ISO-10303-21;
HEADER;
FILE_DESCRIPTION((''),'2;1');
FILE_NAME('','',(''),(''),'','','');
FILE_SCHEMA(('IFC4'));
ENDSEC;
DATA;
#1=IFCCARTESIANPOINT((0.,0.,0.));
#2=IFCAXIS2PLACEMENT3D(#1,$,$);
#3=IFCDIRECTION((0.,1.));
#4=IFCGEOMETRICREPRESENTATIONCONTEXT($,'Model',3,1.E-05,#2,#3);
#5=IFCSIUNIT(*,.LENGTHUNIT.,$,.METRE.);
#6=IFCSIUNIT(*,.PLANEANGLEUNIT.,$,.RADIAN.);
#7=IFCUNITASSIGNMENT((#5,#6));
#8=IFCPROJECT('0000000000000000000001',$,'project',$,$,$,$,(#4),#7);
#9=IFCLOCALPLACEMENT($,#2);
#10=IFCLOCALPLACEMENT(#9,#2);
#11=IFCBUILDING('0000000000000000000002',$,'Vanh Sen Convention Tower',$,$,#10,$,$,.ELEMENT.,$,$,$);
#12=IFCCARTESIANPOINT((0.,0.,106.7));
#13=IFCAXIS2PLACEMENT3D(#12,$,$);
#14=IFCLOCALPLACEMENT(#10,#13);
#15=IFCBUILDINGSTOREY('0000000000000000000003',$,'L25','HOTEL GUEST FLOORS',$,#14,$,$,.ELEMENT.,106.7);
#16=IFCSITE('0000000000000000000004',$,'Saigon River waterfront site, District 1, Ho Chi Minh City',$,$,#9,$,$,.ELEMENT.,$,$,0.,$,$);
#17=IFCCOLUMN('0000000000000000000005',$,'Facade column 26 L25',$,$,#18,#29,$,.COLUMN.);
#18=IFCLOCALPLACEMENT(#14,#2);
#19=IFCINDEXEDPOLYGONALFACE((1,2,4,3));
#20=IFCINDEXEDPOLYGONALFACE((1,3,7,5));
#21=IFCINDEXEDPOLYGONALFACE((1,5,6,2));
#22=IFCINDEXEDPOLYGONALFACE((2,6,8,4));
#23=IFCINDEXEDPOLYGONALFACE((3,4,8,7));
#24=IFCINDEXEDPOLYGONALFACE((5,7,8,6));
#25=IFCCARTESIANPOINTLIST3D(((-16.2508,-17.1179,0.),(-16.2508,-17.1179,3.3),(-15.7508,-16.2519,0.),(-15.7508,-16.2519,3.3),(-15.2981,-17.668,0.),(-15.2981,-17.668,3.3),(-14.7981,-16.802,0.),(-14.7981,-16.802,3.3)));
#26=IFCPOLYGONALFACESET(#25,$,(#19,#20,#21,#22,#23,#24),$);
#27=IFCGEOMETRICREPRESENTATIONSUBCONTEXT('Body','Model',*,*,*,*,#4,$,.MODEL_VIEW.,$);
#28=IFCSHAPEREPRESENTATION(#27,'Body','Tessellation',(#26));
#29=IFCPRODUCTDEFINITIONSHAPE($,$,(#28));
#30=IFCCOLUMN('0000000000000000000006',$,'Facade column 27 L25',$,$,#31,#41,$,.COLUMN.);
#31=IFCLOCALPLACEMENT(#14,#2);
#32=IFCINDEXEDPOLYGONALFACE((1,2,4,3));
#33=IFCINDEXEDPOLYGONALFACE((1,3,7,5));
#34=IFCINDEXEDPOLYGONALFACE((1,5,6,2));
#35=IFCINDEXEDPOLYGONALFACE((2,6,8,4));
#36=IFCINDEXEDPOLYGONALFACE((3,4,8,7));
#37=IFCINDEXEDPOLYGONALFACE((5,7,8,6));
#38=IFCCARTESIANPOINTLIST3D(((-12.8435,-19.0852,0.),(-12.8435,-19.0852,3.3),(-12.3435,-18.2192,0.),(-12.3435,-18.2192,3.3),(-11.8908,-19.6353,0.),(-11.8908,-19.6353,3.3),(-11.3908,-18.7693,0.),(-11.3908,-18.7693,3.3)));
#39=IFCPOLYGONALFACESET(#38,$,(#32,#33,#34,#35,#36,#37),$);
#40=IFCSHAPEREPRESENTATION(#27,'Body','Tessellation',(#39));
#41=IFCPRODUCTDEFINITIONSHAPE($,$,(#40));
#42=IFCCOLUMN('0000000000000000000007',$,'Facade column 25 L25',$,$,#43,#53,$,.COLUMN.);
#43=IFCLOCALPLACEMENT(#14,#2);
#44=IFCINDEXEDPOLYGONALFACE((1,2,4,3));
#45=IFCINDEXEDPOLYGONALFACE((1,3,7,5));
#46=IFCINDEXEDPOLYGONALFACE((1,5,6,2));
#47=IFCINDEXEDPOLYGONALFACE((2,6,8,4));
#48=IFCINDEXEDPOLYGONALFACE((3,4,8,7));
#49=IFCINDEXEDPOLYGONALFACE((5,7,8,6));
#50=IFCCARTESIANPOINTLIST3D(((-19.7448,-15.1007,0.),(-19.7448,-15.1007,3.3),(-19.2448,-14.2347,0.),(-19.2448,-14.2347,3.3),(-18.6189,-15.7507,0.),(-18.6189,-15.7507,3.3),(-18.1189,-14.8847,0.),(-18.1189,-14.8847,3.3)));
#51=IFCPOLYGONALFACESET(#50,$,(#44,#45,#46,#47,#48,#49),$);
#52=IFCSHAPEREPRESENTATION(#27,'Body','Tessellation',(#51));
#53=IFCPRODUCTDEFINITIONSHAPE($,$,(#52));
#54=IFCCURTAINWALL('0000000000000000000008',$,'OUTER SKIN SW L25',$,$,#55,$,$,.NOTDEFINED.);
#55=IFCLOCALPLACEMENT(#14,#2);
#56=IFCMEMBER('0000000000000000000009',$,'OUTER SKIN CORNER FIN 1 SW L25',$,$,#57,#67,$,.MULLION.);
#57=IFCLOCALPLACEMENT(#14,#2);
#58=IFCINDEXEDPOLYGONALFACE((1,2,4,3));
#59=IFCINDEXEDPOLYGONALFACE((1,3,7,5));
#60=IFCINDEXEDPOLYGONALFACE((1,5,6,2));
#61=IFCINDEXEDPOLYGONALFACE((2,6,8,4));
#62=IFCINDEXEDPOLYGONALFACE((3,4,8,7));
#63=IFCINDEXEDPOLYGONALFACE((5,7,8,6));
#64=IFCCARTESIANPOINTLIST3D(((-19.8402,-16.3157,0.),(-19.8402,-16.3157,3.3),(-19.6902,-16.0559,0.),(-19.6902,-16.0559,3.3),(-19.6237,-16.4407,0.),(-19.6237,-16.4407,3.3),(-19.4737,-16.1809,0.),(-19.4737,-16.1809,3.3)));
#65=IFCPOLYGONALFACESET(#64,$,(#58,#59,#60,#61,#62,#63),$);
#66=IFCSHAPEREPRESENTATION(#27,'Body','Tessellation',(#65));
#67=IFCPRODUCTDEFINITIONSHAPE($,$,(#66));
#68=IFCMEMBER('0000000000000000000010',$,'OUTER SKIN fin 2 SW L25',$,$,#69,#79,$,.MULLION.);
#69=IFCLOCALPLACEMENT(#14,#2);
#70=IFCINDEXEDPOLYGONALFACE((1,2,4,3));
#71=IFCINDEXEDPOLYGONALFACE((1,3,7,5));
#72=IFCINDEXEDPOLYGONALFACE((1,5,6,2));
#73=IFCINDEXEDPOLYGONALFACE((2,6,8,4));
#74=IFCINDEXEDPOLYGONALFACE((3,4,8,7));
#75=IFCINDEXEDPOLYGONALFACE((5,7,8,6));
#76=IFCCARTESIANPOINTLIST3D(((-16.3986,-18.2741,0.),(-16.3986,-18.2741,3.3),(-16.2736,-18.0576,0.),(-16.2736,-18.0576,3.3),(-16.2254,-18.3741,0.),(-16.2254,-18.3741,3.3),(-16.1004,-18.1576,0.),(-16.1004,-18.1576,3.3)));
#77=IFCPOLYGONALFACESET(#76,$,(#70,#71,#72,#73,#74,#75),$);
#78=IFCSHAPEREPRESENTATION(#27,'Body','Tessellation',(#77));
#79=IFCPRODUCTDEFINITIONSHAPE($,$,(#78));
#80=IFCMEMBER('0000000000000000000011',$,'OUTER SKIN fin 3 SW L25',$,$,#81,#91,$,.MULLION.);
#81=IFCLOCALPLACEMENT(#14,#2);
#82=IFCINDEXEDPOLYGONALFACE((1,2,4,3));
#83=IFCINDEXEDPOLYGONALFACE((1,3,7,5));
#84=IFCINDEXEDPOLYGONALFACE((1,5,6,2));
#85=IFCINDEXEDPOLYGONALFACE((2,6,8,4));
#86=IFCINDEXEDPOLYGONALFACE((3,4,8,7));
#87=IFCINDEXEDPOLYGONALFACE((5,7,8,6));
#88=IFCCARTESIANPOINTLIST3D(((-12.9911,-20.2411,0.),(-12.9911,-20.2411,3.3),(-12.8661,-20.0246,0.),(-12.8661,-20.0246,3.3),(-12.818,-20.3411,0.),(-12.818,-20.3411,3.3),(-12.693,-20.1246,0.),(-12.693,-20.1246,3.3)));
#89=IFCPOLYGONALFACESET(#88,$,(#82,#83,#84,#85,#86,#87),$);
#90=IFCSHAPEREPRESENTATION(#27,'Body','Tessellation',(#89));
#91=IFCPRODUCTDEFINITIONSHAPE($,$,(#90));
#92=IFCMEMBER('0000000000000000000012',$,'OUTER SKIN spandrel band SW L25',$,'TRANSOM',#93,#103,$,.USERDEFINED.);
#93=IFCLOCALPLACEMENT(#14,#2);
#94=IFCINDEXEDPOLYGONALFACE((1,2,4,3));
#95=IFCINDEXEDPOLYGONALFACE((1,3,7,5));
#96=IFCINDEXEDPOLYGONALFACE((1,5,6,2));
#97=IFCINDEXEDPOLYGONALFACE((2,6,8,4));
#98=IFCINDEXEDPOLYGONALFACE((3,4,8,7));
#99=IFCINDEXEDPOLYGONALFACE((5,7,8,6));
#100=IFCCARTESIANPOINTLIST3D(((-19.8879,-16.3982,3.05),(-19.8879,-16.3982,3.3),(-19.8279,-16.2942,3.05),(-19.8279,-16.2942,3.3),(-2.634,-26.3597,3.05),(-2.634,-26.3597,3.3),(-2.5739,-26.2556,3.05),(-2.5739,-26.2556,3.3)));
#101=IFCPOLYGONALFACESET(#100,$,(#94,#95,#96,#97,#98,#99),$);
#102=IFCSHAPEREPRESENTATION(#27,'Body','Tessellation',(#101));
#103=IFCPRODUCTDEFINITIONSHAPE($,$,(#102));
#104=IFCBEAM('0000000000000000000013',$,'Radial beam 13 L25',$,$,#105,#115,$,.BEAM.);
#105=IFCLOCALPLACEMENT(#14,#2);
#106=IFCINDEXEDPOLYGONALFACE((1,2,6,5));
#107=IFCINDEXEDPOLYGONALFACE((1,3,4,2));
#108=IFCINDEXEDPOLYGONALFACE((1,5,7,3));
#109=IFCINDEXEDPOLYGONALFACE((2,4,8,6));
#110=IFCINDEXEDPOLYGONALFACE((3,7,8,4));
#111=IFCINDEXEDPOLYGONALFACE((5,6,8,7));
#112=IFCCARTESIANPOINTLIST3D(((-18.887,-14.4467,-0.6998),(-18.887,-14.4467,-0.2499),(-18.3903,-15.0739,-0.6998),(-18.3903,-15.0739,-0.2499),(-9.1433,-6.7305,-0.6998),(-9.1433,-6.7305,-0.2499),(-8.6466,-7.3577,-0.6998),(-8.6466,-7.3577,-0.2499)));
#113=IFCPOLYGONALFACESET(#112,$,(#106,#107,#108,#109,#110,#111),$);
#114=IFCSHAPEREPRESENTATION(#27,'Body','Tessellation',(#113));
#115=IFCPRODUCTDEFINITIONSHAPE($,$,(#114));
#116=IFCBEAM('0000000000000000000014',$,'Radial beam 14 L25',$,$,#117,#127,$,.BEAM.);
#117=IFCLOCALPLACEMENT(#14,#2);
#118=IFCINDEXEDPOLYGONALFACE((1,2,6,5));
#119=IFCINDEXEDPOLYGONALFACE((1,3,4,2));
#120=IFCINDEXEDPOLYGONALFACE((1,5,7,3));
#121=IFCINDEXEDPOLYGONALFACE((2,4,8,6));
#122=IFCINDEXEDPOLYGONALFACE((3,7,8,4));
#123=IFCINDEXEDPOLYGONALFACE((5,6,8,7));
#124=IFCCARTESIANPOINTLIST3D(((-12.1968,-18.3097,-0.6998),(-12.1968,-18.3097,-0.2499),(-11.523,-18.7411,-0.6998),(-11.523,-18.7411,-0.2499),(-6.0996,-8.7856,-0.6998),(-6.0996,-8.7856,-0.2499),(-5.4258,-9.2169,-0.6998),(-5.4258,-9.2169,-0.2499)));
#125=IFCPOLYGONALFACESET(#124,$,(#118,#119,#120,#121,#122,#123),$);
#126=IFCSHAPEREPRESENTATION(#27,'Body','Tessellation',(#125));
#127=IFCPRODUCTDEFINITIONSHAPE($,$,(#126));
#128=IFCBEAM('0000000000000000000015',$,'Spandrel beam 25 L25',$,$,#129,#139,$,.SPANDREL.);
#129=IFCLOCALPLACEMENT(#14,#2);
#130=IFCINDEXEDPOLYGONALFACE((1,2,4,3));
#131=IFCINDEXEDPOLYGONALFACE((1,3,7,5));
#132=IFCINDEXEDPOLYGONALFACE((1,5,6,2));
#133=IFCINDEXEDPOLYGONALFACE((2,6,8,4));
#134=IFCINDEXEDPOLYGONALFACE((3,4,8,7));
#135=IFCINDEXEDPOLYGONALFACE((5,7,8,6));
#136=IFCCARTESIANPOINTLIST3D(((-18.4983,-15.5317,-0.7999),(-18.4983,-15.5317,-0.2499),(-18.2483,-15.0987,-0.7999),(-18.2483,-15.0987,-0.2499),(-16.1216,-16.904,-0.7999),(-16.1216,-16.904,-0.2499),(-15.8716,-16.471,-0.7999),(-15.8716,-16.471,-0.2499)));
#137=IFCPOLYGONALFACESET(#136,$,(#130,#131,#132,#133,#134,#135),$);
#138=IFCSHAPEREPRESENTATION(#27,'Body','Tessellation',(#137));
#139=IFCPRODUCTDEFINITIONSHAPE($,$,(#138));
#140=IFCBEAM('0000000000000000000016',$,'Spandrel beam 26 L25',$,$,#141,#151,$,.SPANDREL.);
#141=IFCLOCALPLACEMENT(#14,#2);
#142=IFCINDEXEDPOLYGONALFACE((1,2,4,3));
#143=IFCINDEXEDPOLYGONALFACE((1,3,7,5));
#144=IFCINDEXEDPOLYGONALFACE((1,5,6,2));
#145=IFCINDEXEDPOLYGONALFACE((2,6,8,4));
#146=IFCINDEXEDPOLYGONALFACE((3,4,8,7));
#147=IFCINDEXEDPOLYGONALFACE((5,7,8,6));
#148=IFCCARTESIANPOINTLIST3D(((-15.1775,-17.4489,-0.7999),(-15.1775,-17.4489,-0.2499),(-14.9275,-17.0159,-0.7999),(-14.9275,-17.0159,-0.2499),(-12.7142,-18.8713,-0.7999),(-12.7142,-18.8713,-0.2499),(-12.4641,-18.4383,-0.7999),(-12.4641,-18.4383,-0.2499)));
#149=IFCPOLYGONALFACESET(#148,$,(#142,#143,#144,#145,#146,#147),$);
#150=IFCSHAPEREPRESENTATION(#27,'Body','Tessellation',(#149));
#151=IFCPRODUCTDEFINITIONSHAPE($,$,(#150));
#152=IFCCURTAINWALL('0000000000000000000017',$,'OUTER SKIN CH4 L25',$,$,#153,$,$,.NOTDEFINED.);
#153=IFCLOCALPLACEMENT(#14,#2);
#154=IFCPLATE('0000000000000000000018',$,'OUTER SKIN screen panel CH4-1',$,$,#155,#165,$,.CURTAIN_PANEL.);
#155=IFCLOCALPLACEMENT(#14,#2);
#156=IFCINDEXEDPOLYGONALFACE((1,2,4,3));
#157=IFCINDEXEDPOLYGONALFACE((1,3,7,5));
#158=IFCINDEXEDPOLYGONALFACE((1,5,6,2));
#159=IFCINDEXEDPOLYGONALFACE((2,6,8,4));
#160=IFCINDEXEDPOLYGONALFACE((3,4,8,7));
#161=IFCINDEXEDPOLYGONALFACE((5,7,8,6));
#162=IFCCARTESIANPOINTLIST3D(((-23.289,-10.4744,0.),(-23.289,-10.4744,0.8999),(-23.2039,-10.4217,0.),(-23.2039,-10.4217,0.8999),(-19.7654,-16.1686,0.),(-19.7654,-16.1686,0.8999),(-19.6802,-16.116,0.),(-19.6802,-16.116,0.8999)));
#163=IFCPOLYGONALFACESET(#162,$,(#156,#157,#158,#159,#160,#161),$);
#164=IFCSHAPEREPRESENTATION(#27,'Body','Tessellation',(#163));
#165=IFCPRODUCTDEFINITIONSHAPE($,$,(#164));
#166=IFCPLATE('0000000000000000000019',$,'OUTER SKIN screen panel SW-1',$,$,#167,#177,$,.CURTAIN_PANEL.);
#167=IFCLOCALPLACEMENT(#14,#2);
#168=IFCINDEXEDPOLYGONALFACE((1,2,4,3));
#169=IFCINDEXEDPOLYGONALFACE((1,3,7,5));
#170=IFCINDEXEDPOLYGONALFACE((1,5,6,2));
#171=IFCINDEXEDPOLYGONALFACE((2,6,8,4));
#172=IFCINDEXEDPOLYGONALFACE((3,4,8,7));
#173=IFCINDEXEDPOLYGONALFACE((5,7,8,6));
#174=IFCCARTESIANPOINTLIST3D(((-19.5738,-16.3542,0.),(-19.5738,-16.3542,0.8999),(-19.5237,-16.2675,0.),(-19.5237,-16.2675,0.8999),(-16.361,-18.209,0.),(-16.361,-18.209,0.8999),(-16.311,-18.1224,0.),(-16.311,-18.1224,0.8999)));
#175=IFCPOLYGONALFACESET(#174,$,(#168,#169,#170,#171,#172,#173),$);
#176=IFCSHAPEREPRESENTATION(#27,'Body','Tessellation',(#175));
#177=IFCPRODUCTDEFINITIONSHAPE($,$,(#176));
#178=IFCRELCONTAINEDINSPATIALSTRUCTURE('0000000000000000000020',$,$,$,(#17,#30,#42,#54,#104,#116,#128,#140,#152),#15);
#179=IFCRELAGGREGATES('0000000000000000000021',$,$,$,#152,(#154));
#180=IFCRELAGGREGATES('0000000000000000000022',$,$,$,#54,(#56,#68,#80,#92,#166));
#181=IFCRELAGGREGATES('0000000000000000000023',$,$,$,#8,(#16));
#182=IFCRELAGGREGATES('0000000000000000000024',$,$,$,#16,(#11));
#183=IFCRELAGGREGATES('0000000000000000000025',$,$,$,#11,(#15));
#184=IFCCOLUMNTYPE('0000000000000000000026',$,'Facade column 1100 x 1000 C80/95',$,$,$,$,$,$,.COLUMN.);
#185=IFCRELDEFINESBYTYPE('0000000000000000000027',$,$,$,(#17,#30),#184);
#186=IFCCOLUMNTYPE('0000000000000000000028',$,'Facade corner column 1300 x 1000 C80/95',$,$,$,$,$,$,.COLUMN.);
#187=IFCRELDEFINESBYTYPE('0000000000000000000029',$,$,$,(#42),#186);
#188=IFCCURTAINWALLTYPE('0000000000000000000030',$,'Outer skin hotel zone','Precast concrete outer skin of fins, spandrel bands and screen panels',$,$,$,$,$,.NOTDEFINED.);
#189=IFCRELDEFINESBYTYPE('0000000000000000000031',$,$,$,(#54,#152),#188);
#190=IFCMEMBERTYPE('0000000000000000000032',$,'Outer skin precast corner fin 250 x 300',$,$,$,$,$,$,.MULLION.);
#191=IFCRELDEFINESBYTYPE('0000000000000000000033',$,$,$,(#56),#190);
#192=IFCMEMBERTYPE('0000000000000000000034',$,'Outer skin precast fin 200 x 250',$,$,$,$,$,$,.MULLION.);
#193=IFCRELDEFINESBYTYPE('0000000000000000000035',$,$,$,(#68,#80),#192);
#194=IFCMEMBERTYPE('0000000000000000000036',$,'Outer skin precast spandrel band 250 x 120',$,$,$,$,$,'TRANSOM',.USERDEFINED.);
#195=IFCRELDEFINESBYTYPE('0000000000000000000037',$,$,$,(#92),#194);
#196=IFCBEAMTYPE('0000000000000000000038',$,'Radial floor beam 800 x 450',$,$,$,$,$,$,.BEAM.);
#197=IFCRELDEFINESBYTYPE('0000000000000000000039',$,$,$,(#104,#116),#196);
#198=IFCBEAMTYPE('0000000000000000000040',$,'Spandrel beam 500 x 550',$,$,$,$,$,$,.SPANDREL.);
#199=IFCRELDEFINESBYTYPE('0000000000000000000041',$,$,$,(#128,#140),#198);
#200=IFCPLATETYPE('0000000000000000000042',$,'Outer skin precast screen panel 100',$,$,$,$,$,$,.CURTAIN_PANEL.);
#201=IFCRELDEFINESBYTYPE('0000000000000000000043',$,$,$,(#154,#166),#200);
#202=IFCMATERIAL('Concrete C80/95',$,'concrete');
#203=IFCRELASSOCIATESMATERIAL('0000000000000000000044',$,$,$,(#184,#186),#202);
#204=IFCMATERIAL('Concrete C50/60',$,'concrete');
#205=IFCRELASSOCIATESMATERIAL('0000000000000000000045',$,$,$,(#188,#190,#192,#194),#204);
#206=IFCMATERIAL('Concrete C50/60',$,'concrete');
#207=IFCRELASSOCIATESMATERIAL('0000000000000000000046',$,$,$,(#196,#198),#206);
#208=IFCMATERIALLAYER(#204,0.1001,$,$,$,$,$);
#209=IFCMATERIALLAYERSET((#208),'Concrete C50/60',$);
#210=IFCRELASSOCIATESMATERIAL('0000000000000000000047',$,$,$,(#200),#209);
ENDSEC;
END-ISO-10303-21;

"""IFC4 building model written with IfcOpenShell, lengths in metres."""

from ifc_helpers import new_model, si_unit, direction, frame, origin, origin_2d, place, context, subcontext, project, spatial, rectangle, extrude, material, layer, layer_set, material_profile, profile_set, type_object, element, aggregate, save


model = new_model("IFC4")

# Units and contexts
model_context = context("Model", 3, precision=1e-05, world=origin(), true_north=direction((0.0, 1.0)))
body_context = subcontext(model_context, "Body", "Model", "MODEL_VIEW")
ifc_project = project(units=[si_unit("LENGTHUNIT", "METRE"), si_unit("PLANEANGLEUNIT", "RADIAN")], contexts=[model_context])

# Site, building, storey
site_placement = place(None, origin())
site = spatial("IfcSite", under=ifc_project, at=site_placement, Name="Saigon River waterfront site, District 1, Ho Chi Minh City", CompositionType="ELEMENT", RefElevation=0.0)
building_placement = place(site_placement, origin())
building = spatial("IfcBuilding", under=site, at=building_placement, Name="Vanh Sen Convention Tower", CompositionType="ELEMENT")
storey_placement = place(building_placement, frame((0.0, 0.0, 106.7)))
storey = spatial("IfcBuildingStorey", under=building, at=storey_placement, Name="L25", Description="HOTEL GUEST FLOORS", CompositionType="ELEMENT", Elevation=106.7)

# Columns
ifc_material_1 = material(Name="Concrete C80/95", Category="concrete")
ifc_material_profile_1 = material_profile(ifc_material_1, rectangle(XDim=1.1001, YDim=1.0, at=origin_2d()), Name="RC 1100X1000")
ifc_profile_set_1 = profile_set([ifc_material_profile_1], Name="Concrete C80/95")
column_type_1 = type_object("IfcColumnType", Name="Facade column 1100 x 1000 C80/95", PredefinedType="COLUMN", material=ifc_profile_set_1)
for number, where, z_axis, x_axis, name in (
    (1, (-15.5244, -16.96, 0.0), (0.0, 0.0, 1.0), (0.866025, -0.5, 0.0), "Facade column 26 L25"),
    (2, (-12.1172, -18.9272, 0.0), (0.0, 0.0, 1.0), (0.866025, -0.5, 0.0), "Facade column 27 L25"),
):
    element("IfcColumn", number, at=place(storey_placement, frame(where, z_axis=z_axis, x_axis=x_axis)), inside=storey, type_object=column_type_1, Name=name, PredefinedType="COLUMN", context=body_context, shape_type="SweptSolid", body=[
        extrude(rectangle(XDim=1.1001, YDim=1.0, at=origin_2d()), origin(), (0.0, 0.0, 1.0), 3.3),
    ])
ifc_material_profile_2 = material_profile(ifc_material_1, rectangle(XDim=1.3, YDim=1.0, at=origin_2d()), Name="RC 1300X1000")
ifc_profile_set_2 = profile_set([ifc_material_profile_2], Name="Concrete C80/95")
column_type_2 = type_object("IfcColumnType", Name="Facade corner column 1300 x 1000 C80/95", PredefinedType="COLUMN", material=ifc_profile_set_2)
column_placement = place(storey_placement, frame((-18.9319, -14.9927, 0.0), z_axis=(0.0, 0.0, 1.0), x_axis=(0.866025, -0.5, 0.0)))
element("IfcColumn", 3, at=column_placement, inside=storey, type_object=column_type_2, Name="Facade column 25 L25", PredefinedType="COLUMN", context=body_context, shape_type="SweptSolid", body=[
    extrude(rectangle(XDim=1.3, YDim=1.0, at=origin_2d()), origin(), (0.0, 0.0, 1.0), 3.3),
])

# Curtain wall, members
ifc_material_2 = material(Name="Concrete C50/60", Category="concrete")
curtain_wall_type = type_object("IfcCurtainWallType", Name="Outer skin hotel zone", Description="Precast concrete outer skin of fins, spandrel bands and screen panels", PredefinedType="NOTDEFINED", material=ifc_material_2)
curtain_wall_1_placement = place(storey_placement, origin())
curtain_wall_1 = element("IfcCurtainWall", 4, at=curtain_wall_1_placement, inside=storey, type_object=curtain_wall_type, Name="OUTER SKIN SW L25", PredefinedType="NOTDEFINED")
ifc_material_profile_3 = material_profile(ifc_material_2, rectangle(XDim=0.25, YDim=0.3, at=origin_2d()), Name="Outer skin precast corner fin 250 x 300")
ifc_profile_set_3 = profile_set([ifc_material_profile_3], Name="Concrete C50/60")
member_type_1 = type_object("IfcMemberType", Name="Outer skin precast corner fin 250 x 300", PredefinedType="MULLION", material=ifc_profile_set_3)
member_1_placement = place(storey_placement, frame((-19.657, -16.2483, 0.0), z_axis=(0.0, 0.0, 1.0), x_axis=(0.866025, -0.5, 0.0)))
member_1 = element("IfcMember", 5, at=member_1_placement, type_object=member_type_1, Name="OUTER SKIN CORNER FIN 1 SW L25", PredefinedType="MULLION", context=body_context, shape_type="SweptSolid", body=[
    extrude(rectangle(XDim=0.25, YDim=0.3, at=origin_2d()), origin(), (0.0, 0.0, 1.0), 3.3),
])
ifc_material_profile_4 = material_profile(ifc_material_2, rectangle(XDim=0.2, YDim=0.25, at=origin_2d()), Name="Outer skin precast fin 200 x 250")
ifc_profile_set_4 = profile_set([ifc_material_profile_4], Name="Concrete C50/60")
member_type_2 = type_object("IfcMemberType", Name="Outer skin precast fin 200 x 250", PredefinedType="MULLION", material=ifc_profile_set_4)
member_2_placement = place(storey_placement, frame((-16.2495, -18.2158, 0.0), z_axis=(0.0, 0.0, 1.0), x_axis=(0.866025, -0.5, 0.0)))
member_2 = element("IfcMember", 6, at=member_2_placement, type_object=member_type_2, Name="OUTER SKIN fin 2 SW L25", PredefinedType="MULLION", context=body_context, shape_type="SweptSolid", body=[
    extrude(rectangle(XDim=0.2, YDim=0.25, at=origin_2d()), origin(), (0.0, 0.0, 1.0), 3.3),
])
member_3_placement = place(storey_placement, frame((-12.842, -20.1829, 0.0), z_axis=(0.0, 0.0, 1.0), x_axis=(0.866025, -0.5, 0.0)))
member_3 = element("IfcMember", 7, at=member_3_placement, type_object=member_type_2, Name="OUTER SKIN fin 3 SW L25", PredefinedType="MULLION", context=body_context, shape_type="SweptSolid", body=[
    extrude(rectangle(XDim=0.2, YDim=0.25, at=origin_2d()), origin(), (0.0, 0.0, 1.0), 3.3),
])
ifc_material_profile_5 = material_profile(ifc_material_2, rectangle(XDim=0.1201, YDim=0.25, at=origin_2d()), Name="Outer skin precast spandrel band 250 x 120")
ifc_profile_set_5 = profile_set([ifc_material_profile_5], Name="Concrete C50/60")
member_type_3 = type_object("IfcMemberType", Name="Outer skin precast spandrel band 250 x 120", ElementType="TRANSOM", PredefinedType="USERDEFINED", material=ifc_profile_set_5)
member_4_placement = place(storey_placement, frame((-19.8579, -16.3462, 3.175), z_axis=(0.866028, -0.499995, 0.0), x_axis=(0.499995, 0.866028, 0.0)))
member_4 = element("IfcMember", 8, at=member_4_placement, type_object=member_type_3, Name="OUTER SKIN spandrel band SW L25", ObjectType="TRANSOM", PredefinedType="USERDEFINED", context=body_context, shape_type="SweptSolid", body=[
    extrude(rectangle(XDim=0.1201, YDim=0.25, at=origin_2d()), origin(), (0.0, 0.0, 1.0), 19.9231),
])

# Beams
ifc_material_3 = material(Name="Concrete C50/60", Category="concrete")
ifc_material_profile_6 = material_profile(ifc_material_3, rectangle(XDim=0.8, YDim=0.45, at=origin_2d()), Name="RC 800X450")
ifc_profile_set_6 = profile_set([ifc_material_profile_6], Name="Concrete C50/60")
beam_type_1 = type_object("IfcBeamType", Name="Radial floor beam 800 x 450", PredefinedType="BEAM", material=ifc_profile_set_6)
beam_1_placement = place(storey_placement, frame((-18.6387, -14.7603, -0.4749), z_axis=(0.783954, 0.620819, 0.0), x_axis=(-0.620819, 0.783954, 0.0)))
element("IfcBeam", 9, at=beam_1_placement, inside=storey, type_object=beam_type_1, Name="Radial beam 13 L25", PredefinedType="BEAM", context=body_context, shape_type="SweptSolid", body=[
    extrude(rectangle(XDim=0.8, YDim=0.45, at=origin_2d()), origin(), (0.0, 0.0, 1.0), 12.429),
])
beam_2_placement = place(storey_placement, frame((-11.8599, -18.5254, -0.4749), z_axis=(0.53916, 0.842203, 0.0), x_axis=(-0.842203, 0.53916, 0.0)))
element("IfcBeam", 10, at=beam_2_placement, inside=storey, type_object=beam_type_1, Name="Radial beam 14 L25", PredefinedType="BEAM", context=body_context, shape_type="SweptSolid", body=[
    extrude(rectangle(XDim=0.8, YDim=0.45, at=origin_2d()), origin(), (0.0, 0.0, 1.0), 11.3086),
])
ifc_material_profile_7 = material_profile(ifc_material_3, rectangle(XDim=0.5, YDim=0.55, at=origin_2d()), Name="RC 500X550")
ifc_profile_set_7 = profile_set([ifc_material_profile_7], Name="Concrete C50/60")
beam_type_2 = type_object("IfcBeamType", Name="Spandrel beam 500 x 550", PredefinedType="SPANDREL", material=ifc_profile_set_7)
beam_3_placement = place(storey_placement, frame((-18.3733, -15.3152, -0.5249), z_axis=(0.866006, -0.500033, 0.0), x_axis=(0.500033, 0.866006, 0.0)))
element("IfcBeam", 11, at=beam_3_placement, inside=storey, type_object=beam_type_2, Name="Spandrel beam 25 L25", PredefinedType="SPANDREL", context=body_context, shape_type="SweptSolid", body=[
    extrude(rectangle(XDim=0.5, YDim=0.55, at=origin_2d()), origin(), (0.0, 0.0, 1.0), 2.7444),
])
beam_4_placement = place(storey_placement, frame((-15.0525, -17.2324, -0.5249), z_axis=(0.866005, -0.500034, 0.0), x_axis=(0.500034, 0.866005, 0.0)))
element("IfcBeam", 12, at=beam_4_placement, inside=storey, type_object=beam_type_2, Name="Spandrel beam 26 L25", PredefinedType="SPANDREL", context=body_context, shape_type="SweptSolid", body=[
    extrude(rectangle(XDim=0.5, YDim=0.55, at=origin_2d()), origin(), (0.0, 0.0, 1.0), 2.8445),
])

# Curtain wall, plate
curtain_wall_2_placement = place(storey_placement, origin())
curtain_wall_2 = element("IfcCurtainWall", 13, at=curtain_wall_2_placement, inside=storey, type_object=curtain_wall_type, Name="OUTER SKIN CH4 L25", PredefinedType="NOTDEFINED")
ifc_layer_1 = layer(ifc_material_2, 0.1001)
ifc_layer_set_1 = layer_set([ifc_layer_1], Name="Concrete C50/60")
plate_type = type_object("IfcPlateType", Name="Outer skin precast screen panel 100", PredefinedType="CURTAIN_PANEL", material=ifc_layer_set_1)
plate_1_placement = place(storey_placement, frame((-21.4846, -13.2952, 0.0), z_axis=(0.0, 0.0, 1.0), x_axis=(0.526205, -0.850358, 0.0)))
plate_1 = element("IfcPlate", 14, at=plate_1_placement, type_object=plate_type, Name="OUTER SKIN screen panel CH4-1", PredefinedType="CURTAIN_PANEL", context=body_context, shape_type="SweptSolid", body=[
    extrude(rectangle(XDim=6.6963, YDim=0.1001, at=origin_2d()), origin(), (0.0, 0.0, 1.0), 0.8999),
])
aggregate(curtain_wall_2, [plate_1])

# Plate
plate_2_placement = place(storey_placement, frame((-17.9424, -17.2383, 0.0), z_axis=(0.0, 0.0, 1.0), x_axis=(0.866028, -0.499995, 0.0)))
plate_2 = element("IfcPlate", 15, at=plate_2_placement, type_object=plate_type, Name="OUTER SKIN screen panel SW-1", PredefinedType="CURTAIN_PANEL", context=body_context, shape_type="SweptSolid", body=[
    extrude(rectangle(XDim=3.7097, YDim=0.1001, at=origin_2d()), origin(), (0.0, 0.0, 1.0), 0.8999),
])
aggregate(curtain_wall_1, [member_1, member_2, member_3, member_4, plate_2])

save(model, "model.ifc")
